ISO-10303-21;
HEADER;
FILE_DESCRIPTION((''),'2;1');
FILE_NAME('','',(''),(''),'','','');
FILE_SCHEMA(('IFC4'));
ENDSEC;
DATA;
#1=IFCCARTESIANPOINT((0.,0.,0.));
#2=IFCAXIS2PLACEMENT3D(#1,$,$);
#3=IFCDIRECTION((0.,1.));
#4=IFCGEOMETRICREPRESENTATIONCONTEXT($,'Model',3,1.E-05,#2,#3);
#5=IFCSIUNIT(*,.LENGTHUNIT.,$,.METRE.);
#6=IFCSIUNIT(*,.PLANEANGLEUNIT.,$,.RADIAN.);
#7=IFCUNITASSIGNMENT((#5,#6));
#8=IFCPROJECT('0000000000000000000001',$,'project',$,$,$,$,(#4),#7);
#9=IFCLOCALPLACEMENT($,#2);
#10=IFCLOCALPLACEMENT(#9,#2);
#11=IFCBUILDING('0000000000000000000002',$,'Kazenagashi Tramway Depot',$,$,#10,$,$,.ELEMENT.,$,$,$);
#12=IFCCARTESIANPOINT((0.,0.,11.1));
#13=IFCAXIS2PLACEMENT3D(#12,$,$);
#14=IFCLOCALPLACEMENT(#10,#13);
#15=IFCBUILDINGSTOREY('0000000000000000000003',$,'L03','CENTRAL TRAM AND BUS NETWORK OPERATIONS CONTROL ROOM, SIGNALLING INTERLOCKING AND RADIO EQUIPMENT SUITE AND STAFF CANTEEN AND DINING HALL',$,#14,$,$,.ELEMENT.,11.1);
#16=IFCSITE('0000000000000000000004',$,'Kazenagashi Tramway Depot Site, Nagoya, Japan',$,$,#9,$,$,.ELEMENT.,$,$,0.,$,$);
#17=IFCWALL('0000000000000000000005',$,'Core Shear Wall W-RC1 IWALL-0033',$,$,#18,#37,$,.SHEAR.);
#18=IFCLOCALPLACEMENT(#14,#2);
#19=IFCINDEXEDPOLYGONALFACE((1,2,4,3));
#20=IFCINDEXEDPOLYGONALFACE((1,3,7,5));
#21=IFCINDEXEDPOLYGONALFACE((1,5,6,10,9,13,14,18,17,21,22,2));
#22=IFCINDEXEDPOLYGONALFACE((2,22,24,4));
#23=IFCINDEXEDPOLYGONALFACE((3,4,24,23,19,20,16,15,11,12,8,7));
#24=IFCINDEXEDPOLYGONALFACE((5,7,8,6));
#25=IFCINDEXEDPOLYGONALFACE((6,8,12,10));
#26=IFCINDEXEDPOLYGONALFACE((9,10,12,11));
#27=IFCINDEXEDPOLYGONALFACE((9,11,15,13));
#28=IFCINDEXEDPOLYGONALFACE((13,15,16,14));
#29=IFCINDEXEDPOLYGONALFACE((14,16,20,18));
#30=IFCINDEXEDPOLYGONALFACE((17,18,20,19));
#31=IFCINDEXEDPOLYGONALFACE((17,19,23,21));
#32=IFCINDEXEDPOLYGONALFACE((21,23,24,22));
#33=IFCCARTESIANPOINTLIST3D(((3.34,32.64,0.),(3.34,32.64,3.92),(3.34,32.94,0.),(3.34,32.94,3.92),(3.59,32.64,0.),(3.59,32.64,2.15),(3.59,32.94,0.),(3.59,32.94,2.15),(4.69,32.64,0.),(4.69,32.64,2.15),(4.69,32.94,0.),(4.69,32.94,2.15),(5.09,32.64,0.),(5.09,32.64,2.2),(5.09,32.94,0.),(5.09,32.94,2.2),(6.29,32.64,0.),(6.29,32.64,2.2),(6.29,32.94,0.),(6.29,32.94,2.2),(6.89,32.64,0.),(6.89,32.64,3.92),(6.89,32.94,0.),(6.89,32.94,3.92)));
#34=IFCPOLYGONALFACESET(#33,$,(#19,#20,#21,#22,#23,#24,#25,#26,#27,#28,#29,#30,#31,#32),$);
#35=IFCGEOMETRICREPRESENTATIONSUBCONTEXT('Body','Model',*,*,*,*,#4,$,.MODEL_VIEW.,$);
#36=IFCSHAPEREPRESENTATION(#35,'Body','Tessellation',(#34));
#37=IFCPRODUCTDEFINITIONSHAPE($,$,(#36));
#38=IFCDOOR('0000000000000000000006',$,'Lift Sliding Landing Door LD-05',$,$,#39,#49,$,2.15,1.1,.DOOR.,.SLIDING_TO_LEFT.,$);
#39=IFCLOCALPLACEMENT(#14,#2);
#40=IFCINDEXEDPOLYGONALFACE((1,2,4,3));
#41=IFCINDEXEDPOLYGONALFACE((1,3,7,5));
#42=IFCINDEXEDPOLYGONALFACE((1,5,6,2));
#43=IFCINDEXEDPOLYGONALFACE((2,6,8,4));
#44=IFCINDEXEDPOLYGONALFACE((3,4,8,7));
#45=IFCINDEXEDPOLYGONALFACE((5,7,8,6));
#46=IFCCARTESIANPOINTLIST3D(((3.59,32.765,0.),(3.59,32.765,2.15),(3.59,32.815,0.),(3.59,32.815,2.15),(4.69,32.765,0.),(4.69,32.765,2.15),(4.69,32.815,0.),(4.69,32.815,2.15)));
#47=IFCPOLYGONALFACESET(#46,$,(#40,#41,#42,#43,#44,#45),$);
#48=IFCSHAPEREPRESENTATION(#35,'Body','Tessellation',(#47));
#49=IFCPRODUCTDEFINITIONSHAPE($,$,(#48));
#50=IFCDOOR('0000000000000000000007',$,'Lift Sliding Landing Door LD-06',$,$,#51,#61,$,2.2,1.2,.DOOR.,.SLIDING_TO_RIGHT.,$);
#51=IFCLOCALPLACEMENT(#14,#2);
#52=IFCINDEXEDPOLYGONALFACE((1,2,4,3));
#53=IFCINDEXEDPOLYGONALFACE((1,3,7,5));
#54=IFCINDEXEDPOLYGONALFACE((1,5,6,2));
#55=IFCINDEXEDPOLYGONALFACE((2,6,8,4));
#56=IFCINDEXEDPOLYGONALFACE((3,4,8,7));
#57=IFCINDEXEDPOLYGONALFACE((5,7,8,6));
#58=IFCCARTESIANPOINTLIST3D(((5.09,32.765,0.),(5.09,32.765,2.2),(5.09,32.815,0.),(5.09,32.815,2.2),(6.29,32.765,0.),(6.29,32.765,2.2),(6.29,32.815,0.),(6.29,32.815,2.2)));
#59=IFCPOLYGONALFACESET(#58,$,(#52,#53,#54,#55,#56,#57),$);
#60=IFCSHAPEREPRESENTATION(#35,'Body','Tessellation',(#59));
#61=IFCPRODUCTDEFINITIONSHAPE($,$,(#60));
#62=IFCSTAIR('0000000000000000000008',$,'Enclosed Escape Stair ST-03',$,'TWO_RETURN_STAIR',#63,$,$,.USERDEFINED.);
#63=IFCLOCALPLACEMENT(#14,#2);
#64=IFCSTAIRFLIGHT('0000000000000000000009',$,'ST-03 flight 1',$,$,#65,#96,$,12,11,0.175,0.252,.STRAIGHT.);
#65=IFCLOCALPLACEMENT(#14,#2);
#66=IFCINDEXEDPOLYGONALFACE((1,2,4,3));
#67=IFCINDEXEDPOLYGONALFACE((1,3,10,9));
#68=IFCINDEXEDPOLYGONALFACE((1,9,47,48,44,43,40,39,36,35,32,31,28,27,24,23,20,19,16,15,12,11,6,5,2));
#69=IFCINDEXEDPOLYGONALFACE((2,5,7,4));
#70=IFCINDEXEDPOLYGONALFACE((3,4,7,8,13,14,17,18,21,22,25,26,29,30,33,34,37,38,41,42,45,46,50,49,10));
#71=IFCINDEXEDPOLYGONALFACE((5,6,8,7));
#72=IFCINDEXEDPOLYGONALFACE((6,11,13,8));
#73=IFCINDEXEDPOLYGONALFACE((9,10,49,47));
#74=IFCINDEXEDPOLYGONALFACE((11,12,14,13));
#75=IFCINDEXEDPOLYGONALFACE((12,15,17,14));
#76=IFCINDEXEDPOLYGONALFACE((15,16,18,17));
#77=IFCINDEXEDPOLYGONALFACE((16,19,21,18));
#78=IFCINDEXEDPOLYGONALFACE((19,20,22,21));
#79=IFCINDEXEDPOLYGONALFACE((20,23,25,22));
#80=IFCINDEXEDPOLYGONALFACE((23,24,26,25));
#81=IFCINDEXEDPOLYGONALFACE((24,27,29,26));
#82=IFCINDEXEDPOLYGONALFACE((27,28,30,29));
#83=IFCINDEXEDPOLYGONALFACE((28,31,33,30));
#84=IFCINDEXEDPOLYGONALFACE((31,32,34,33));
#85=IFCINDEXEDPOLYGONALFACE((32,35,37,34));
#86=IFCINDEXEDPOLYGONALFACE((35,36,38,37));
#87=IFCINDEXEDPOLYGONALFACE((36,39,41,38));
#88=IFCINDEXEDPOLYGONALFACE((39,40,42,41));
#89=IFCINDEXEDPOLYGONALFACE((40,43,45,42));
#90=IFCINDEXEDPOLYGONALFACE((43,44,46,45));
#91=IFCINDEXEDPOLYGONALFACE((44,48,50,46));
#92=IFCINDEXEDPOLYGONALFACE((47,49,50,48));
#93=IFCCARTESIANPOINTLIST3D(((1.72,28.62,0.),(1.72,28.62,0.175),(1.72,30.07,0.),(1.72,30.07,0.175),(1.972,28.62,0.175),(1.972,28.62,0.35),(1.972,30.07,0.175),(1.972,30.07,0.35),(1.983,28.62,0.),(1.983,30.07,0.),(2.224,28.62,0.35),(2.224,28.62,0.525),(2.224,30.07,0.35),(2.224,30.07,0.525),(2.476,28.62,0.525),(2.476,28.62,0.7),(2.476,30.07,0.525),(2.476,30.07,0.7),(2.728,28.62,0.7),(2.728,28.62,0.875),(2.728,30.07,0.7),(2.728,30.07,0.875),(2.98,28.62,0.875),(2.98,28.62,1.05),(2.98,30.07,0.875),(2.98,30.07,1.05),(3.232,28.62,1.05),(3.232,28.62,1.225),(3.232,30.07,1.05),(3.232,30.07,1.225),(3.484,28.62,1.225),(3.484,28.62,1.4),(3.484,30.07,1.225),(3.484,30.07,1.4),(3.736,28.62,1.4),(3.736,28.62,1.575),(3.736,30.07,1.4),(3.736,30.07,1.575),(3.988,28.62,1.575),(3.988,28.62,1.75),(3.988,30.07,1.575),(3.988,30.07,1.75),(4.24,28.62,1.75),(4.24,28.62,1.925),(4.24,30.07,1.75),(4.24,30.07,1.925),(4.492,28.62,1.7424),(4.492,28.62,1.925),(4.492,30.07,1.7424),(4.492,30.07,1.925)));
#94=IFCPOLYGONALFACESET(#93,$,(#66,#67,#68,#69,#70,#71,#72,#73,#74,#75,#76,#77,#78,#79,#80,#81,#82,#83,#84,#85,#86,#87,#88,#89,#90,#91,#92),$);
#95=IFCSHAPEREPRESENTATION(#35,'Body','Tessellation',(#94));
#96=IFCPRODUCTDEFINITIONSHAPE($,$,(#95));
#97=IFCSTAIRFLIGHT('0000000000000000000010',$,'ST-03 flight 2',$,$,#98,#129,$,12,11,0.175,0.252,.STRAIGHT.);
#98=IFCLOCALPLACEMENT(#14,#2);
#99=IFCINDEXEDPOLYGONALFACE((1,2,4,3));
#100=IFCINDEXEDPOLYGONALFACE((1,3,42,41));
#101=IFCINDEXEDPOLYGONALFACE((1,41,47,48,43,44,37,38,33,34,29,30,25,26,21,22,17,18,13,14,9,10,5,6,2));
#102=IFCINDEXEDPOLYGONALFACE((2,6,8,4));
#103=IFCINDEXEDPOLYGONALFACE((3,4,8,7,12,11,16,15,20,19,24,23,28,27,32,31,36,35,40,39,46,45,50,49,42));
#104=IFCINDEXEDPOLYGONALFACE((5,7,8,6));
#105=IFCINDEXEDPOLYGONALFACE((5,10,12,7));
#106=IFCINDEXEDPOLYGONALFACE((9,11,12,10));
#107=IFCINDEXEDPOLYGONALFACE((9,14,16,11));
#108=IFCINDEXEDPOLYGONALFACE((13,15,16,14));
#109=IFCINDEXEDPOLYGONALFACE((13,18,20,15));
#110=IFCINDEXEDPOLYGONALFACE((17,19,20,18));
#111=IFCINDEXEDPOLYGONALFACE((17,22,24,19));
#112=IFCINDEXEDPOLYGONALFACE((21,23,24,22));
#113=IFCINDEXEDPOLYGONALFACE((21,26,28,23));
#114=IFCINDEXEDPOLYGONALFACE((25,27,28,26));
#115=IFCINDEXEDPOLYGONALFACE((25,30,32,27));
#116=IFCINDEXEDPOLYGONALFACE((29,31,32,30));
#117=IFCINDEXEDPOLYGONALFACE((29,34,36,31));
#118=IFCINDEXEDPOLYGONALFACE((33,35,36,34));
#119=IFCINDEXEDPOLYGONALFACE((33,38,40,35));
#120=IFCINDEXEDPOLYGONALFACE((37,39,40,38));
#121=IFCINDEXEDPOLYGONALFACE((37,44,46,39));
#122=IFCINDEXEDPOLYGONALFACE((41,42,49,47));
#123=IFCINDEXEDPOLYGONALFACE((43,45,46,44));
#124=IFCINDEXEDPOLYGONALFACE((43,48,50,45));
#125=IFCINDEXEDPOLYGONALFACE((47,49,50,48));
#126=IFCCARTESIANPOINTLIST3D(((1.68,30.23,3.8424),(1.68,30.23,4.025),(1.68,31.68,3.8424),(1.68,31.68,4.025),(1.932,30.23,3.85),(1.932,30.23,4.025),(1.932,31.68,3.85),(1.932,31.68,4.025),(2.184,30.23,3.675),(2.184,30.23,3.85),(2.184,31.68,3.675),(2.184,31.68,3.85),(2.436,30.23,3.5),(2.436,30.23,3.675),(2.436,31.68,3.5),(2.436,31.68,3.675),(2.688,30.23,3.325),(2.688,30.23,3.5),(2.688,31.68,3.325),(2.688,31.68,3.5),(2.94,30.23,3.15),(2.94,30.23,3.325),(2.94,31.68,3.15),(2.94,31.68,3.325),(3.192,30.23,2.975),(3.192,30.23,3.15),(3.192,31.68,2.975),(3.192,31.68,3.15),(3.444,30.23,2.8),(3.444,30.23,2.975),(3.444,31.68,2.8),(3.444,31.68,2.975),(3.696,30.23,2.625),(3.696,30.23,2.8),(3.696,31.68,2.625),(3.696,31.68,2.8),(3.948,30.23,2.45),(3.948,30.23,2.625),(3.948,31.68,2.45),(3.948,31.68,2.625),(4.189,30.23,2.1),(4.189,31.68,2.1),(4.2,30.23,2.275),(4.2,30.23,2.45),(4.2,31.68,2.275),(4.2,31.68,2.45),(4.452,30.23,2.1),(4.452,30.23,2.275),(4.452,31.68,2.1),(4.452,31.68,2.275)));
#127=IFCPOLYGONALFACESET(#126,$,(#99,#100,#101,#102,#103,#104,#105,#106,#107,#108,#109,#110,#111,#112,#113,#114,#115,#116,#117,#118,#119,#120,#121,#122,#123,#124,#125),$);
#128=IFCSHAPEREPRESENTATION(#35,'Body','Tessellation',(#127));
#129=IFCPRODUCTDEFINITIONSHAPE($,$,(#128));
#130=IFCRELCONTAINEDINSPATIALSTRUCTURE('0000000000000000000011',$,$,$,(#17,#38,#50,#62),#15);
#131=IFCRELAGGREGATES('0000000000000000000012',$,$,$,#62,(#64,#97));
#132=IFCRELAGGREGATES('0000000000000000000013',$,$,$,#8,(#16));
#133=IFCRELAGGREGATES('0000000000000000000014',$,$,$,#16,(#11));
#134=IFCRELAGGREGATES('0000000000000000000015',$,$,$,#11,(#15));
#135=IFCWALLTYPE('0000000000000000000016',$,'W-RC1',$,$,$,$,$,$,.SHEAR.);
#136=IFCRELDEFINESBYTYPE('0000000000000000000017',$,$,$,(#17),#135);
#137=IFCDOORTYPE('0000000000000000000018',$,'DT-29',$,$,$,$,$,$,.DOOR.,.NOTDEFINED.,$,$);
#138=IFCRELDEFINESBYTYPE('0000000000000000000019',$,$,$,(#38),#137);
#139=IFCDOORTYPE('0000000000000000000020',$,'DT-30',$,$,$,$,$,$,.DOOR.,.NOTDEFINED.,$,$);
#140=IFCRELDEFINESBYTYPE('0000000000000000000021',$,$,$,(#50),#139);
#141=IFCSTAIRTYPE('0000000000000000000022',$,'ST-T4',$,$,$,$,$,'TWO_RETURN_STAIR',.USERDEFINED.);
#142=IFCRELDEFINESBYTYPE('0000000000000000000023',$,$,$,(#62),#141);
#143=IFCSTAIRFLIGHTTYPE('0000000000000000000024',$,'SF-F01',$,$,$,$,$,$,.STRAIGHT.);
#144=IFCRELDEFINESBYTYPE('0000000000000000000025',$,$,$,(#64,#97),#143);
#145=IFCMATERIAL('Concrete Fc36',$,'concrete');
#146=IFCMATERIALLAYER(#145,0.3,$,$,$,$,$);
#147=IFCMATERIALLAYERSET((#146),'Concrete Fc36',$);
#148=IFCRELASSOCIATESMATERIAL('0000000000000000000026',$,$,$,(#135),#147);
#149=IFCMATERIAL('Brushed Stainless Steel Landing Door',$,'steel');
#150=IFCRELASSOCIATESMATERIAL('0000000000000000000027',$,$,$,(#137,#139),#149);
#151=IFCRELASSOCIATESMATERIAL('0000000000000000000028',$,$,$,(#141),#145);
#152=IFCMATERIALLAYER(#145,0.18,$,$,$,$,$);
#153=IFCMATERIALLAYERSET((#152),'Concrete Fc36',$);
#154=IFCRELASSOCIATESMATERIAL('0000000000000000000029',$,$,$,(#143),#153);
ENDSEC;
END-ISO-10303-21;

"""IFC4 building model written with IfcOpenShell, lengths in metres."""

from ifc_helpers import new_model, si_unit, direction, frame, frame_2d, origin, place, context, subcontext, project, spatial, polyline, rectangle, outline, extrude, material, layer, layer_set, type_object, element, fill, aggregate, save


model = new_model("IFC4")

# Units and contexts
model_context = context("Model", 3, precision=1e-05, world=origin(), true_north=direction((0.0, 1.0)))
body_context = subcontext(model_context, "Body", "Model", "MODEL_VIEW")
ifc_project = project(units=[si_unit("LENGTHUNIT", "METRE"), si_unit("PLANEANGLEUNIT", "RADIAN")], contexts=[model_context])

# Site, building, storey
site_placement = place(None, origin())
site = spatial("IfcSite", under=ifc_project, at=site_placement, Name="Kazenagashi Tramway Depot Site, Nagoya, Japan", CompositionType="ELEMENT", RefElevation=0.0)
building_placement = place(site_placement, origin())
building = spatial("IfcBuilding", under=site, at=building_placement, Name="Kazenagashi Tramway Depot", CompositionType="ELEMENT")
storey_placement = place(building_placement, frame((0.0, 0.0, 11.1)))
storey = spatial("IfcBuildingStorey", under=building, at=storey_placement, Name="L03", Description="CENTRAL TRAM AND BUS NETWORK OPERATIONS CONTROL ROOM, SIGNALLING INTERLOCKING AND RADIO EQUIPMENT SUITE AND STAFF CANTEEN AND DINING HALL", CompositionType="ELEMENT", Elevation=11.1)

# Shared definitions
ifc_material_1 = material(Name="Concrete Fc36", Category="concrete")
ifc_layer_1 = layer(ifc_material_1, 0.3)
ifc_layer_set_1 = layer_set([ifc_layer_1], Name="Concrete Fc36")
wall_type = type_object("IfcWallType", Name="W-RC1", PredefinedType="SHEAR", material=ifc_layer_set_1)

# Wall, openings, doors
wall_1_placement = place(storey_placement, frame((3.34, 32.79, 0.0), z_axis=(0.0, 0.0, 1.0), x_axis=(1.0, 0.0, 0.0)))
wall_1 = element("IfcWall", 1, at=wall_1_placement, inside=storey, type_object=wall_type, Name="Core Shear Wall W-RC1 IWALL-0033", PredefinedType="SHEAR", context=body_context, shape_type="SweptSolid", body=[
    extrude(rectangle(XDim=3.55, YDim=0.3, at=frame_2d((1.775, 0.0))), origin(), (0.0, 0.0, 1.0), 3.92),
])
opening_1_placement = place(wall_1_placement, frame((0.25, 0.0, 0.0)))
opening_1 = element("IfcOpeningElement", 2, at=opening_1_placement, cuts=wall_1, PredefinedType="OPENING", context=body_context, shape_type="SweptSolid", body=[
    extrude(rectangle(XDim=1.1, YDim=2.15, at=frame_2d((0.55, 1.075))), frame((0.0, 0.16, 0.0), z_axis=(0.0, -1.0, 0.0), x_axis=(1.0, 0.0, 0.0)), (0.0, 0.0, 1.0), 0.32),
])
opening_2_placement = place(wall_1_placement, frame((1.75, 0.0, 0.0)))
opening_2 = element("IfcOpeningElement", 3, at=opening_2_placement, cuts=wall_1, PredefinedType="OPENING", context=body_context, shape_type="SweptSolid", body=[
    extrude(rectangle(XDim=1.2, YDim=2.2, at=frame_2d((0.6, 1.1))), frame((0.0, 0.16, 0.0), z_axis=(0.0, -1.0, 0.0), x_axis=(1.0, 0.0, 0.0)), (0.0, 0.0, 1.0), 0.32),
])
ifc_material_2 = material(Name="Brushed Stainless Steel Landing Door", Category="steel")
door_type_1 = type_object("IfcDoorType", Name="DT-29", OperationType="NOTDEFINED", PredefinedType="DOOR", material=ifc_material_2)
door_1_placement = place(opening_1_placement, origin())
door_1 = element("IfcDoor", 4, at=door_1_placement, inside=storey, type_object=door_type_1, Name="Lift Sliding Landing Door LD-05", OperationType="SLIDING_TO_LEFT", OverallHeight=2.15, OverallWidth=1.1, PredefinedType="DOOR", context=body_context, shape_type="SweptSolid", body=[
    extrude(rectangle(XDim=1.1, YDim=2.15, at=frame_2d((0.55, 1.075))), frame((0.0, 0.025, 0.0), z_axis=(0.0, -1.0, 0.0), x_axis=(1.0, 0.0, 0.0)), (0.0, 0.0, 1.0), 0.05),
])
fill(opening_1, door_1)
door_type_2 = type_object("IfcDoorType", Name="DT-30", OperationType="NOTDEFINED", PredefinedType="DOOR", material=ifc_material_2)
door_2_placement = place(opening_2_placement, origin())
door_2 = element("IfcDoor", 5, at=door_2_placement, inside=storey, type_object=door_type_2, Name="Lift Sliding Landing Door LD-06", OperationType="SLIDING_TO_RIGHT", OverallHeight=2.2, OverallWidth=1.2, PredefinedType="DOOR", context=body_context, shape_type="SweptSolid", body=[
    extrude(rectangle(XDim=1.2, YDim=2.2, at=frame_2d((0.6, 1.1))), frame((0.0, 0.025, 0.0), z_axis=(0.0, -1.0, 0.0), x_axis=(1.0, 0.0, 0.0)), (0.0, 0.0, 1.0), 0.05),
])
fill(opening_2, door_2)

# Stair, stair flights
stair_type = type_object("IfcStairType", Name="ST-T4", ElementType="TWO_RETURN_STAIR", PredefinedType="USERDEFINED", material=ifc_material_1)
stair_placement = place(storey_placement, origin())
stair = element("IfcStair", 6, at=stair_placement, inside=storey, type_object=stair_type, Name="Enclosed Escape Stair ST-03", ObjectType="TWO_RETURN_STAIR", PredefinedType="USERDEFINED")
ifc_layer_2 = layer(ifc_material_1, 0.18)
ifc_layer_set_2 = layer_set([ifc_layer_2], Name="Concrete Fc36")
stair_flight_type = type_object("IfcStairFlightType", Name="SF-F01", PredefinedType="STRAIGHT", material=ifc_layer_set_2)
stair_flight_1_placement = place(storey_placement, frame((1.72, 29.345, 0.0), z_axis=(0.0, 0.0, 1.0), x_axis=(1.0, 0.0, 0.0)))
stair_flight_1 = element("IfcStairFlight", 7, at=stair_flight_1_placement, type_object=stair_flight_type, Name="ST-03 flight 1", NumberOfRisers=12, NumberOfTreads=11, PredefinedType="STRAIGHT", RiserHeight=0.175, TreadLength=0.252, context=body_context, shape_type="SweptSolid", body=[
    extrude(outline(polyline([(0.0, 0.0), (0.0, 0.175), (0.252, 0.175), (0.252, 0.35), (0.504, 0.35), (0.504, 0.525), (0.756, 0.525), (0.756, 0.7), (1.008, 0.7), (1.008, 0.875), (1.26, 0.875), (1.26, 1.05), (1.512, 1.05), (1.512, 1.225), (1.764, 1.225), (1.764, 1.4), (2.016, 1.4), (2.016, 1.575), (2.268, 1.575), (2.268, 1.75), (2.52, 1.75), (2.52, 1.925), (2.772, 1.925), (2.772, 2.1), (2.772, 1.7424), (0.263, 0.0), (0.0, 0.0)])), frame((0.0, 0.725, 0.0), z_axis=(0.0, -1.0, 0.0), x_axis=(1.0, 0.0, 0.0)), (0.0, 0.0, 1.0), 1.45),
])
stair_flight_2_placement = place(storey_placement, frame((4.452, 30.955, 2.1), z_axis=(0.0, 0.0, 1.0), x_axis=(-1.0, 0.0, 0.0)))
stair_flight_2 = element("IfcStairFlight", 8, at=stair_flight_2_placement, type_object=stair_flight_type, Name="ST-03 flight 2", NumberOfRisers=12, NumberOfTreads=11, PredefinedType="STRAIGHT", RiserHeight=0.175, TreadLength=0.252, context=body_context, shape_type="SweptSolid", body=[
    extrude(outline(polyline([(0.0, 0.0), (0.0, 0.175), (0.252, 0.175), (0.252, 0.35), (0.504, 0.35), (0.504, 0.525), (0.756, 0.525), (0.756, 0.7), (1.008, 0.7), (1.008, 0.875), (1.26, 0.875), (1.26, 1.05), (1.512, 1.05), (1.512, 1.225), (1.764, 1.225), (1.764, 1.4), (2.016, 1.4), (2.016, 1.575), (2.268, 1.575), (2.268, 1.75), (2.52, 1.75), (2.52, 1.925), (2.772, 1.925), (2.772, 2.1), (2.772, 1.7424), (0.263, 0.0), (0.0, 0.0)])), frame((0.0, 0.725, 0.0), z_axis=(0.0, -1.0, 0.0), x_axis=(1.0, 0.0, 0.0)), (0.0, 0.0, 1.0), 1.45),
])
aggregate(stair, [stair_flight_1, stair_flight_2])

save(model, "model.ifc")
